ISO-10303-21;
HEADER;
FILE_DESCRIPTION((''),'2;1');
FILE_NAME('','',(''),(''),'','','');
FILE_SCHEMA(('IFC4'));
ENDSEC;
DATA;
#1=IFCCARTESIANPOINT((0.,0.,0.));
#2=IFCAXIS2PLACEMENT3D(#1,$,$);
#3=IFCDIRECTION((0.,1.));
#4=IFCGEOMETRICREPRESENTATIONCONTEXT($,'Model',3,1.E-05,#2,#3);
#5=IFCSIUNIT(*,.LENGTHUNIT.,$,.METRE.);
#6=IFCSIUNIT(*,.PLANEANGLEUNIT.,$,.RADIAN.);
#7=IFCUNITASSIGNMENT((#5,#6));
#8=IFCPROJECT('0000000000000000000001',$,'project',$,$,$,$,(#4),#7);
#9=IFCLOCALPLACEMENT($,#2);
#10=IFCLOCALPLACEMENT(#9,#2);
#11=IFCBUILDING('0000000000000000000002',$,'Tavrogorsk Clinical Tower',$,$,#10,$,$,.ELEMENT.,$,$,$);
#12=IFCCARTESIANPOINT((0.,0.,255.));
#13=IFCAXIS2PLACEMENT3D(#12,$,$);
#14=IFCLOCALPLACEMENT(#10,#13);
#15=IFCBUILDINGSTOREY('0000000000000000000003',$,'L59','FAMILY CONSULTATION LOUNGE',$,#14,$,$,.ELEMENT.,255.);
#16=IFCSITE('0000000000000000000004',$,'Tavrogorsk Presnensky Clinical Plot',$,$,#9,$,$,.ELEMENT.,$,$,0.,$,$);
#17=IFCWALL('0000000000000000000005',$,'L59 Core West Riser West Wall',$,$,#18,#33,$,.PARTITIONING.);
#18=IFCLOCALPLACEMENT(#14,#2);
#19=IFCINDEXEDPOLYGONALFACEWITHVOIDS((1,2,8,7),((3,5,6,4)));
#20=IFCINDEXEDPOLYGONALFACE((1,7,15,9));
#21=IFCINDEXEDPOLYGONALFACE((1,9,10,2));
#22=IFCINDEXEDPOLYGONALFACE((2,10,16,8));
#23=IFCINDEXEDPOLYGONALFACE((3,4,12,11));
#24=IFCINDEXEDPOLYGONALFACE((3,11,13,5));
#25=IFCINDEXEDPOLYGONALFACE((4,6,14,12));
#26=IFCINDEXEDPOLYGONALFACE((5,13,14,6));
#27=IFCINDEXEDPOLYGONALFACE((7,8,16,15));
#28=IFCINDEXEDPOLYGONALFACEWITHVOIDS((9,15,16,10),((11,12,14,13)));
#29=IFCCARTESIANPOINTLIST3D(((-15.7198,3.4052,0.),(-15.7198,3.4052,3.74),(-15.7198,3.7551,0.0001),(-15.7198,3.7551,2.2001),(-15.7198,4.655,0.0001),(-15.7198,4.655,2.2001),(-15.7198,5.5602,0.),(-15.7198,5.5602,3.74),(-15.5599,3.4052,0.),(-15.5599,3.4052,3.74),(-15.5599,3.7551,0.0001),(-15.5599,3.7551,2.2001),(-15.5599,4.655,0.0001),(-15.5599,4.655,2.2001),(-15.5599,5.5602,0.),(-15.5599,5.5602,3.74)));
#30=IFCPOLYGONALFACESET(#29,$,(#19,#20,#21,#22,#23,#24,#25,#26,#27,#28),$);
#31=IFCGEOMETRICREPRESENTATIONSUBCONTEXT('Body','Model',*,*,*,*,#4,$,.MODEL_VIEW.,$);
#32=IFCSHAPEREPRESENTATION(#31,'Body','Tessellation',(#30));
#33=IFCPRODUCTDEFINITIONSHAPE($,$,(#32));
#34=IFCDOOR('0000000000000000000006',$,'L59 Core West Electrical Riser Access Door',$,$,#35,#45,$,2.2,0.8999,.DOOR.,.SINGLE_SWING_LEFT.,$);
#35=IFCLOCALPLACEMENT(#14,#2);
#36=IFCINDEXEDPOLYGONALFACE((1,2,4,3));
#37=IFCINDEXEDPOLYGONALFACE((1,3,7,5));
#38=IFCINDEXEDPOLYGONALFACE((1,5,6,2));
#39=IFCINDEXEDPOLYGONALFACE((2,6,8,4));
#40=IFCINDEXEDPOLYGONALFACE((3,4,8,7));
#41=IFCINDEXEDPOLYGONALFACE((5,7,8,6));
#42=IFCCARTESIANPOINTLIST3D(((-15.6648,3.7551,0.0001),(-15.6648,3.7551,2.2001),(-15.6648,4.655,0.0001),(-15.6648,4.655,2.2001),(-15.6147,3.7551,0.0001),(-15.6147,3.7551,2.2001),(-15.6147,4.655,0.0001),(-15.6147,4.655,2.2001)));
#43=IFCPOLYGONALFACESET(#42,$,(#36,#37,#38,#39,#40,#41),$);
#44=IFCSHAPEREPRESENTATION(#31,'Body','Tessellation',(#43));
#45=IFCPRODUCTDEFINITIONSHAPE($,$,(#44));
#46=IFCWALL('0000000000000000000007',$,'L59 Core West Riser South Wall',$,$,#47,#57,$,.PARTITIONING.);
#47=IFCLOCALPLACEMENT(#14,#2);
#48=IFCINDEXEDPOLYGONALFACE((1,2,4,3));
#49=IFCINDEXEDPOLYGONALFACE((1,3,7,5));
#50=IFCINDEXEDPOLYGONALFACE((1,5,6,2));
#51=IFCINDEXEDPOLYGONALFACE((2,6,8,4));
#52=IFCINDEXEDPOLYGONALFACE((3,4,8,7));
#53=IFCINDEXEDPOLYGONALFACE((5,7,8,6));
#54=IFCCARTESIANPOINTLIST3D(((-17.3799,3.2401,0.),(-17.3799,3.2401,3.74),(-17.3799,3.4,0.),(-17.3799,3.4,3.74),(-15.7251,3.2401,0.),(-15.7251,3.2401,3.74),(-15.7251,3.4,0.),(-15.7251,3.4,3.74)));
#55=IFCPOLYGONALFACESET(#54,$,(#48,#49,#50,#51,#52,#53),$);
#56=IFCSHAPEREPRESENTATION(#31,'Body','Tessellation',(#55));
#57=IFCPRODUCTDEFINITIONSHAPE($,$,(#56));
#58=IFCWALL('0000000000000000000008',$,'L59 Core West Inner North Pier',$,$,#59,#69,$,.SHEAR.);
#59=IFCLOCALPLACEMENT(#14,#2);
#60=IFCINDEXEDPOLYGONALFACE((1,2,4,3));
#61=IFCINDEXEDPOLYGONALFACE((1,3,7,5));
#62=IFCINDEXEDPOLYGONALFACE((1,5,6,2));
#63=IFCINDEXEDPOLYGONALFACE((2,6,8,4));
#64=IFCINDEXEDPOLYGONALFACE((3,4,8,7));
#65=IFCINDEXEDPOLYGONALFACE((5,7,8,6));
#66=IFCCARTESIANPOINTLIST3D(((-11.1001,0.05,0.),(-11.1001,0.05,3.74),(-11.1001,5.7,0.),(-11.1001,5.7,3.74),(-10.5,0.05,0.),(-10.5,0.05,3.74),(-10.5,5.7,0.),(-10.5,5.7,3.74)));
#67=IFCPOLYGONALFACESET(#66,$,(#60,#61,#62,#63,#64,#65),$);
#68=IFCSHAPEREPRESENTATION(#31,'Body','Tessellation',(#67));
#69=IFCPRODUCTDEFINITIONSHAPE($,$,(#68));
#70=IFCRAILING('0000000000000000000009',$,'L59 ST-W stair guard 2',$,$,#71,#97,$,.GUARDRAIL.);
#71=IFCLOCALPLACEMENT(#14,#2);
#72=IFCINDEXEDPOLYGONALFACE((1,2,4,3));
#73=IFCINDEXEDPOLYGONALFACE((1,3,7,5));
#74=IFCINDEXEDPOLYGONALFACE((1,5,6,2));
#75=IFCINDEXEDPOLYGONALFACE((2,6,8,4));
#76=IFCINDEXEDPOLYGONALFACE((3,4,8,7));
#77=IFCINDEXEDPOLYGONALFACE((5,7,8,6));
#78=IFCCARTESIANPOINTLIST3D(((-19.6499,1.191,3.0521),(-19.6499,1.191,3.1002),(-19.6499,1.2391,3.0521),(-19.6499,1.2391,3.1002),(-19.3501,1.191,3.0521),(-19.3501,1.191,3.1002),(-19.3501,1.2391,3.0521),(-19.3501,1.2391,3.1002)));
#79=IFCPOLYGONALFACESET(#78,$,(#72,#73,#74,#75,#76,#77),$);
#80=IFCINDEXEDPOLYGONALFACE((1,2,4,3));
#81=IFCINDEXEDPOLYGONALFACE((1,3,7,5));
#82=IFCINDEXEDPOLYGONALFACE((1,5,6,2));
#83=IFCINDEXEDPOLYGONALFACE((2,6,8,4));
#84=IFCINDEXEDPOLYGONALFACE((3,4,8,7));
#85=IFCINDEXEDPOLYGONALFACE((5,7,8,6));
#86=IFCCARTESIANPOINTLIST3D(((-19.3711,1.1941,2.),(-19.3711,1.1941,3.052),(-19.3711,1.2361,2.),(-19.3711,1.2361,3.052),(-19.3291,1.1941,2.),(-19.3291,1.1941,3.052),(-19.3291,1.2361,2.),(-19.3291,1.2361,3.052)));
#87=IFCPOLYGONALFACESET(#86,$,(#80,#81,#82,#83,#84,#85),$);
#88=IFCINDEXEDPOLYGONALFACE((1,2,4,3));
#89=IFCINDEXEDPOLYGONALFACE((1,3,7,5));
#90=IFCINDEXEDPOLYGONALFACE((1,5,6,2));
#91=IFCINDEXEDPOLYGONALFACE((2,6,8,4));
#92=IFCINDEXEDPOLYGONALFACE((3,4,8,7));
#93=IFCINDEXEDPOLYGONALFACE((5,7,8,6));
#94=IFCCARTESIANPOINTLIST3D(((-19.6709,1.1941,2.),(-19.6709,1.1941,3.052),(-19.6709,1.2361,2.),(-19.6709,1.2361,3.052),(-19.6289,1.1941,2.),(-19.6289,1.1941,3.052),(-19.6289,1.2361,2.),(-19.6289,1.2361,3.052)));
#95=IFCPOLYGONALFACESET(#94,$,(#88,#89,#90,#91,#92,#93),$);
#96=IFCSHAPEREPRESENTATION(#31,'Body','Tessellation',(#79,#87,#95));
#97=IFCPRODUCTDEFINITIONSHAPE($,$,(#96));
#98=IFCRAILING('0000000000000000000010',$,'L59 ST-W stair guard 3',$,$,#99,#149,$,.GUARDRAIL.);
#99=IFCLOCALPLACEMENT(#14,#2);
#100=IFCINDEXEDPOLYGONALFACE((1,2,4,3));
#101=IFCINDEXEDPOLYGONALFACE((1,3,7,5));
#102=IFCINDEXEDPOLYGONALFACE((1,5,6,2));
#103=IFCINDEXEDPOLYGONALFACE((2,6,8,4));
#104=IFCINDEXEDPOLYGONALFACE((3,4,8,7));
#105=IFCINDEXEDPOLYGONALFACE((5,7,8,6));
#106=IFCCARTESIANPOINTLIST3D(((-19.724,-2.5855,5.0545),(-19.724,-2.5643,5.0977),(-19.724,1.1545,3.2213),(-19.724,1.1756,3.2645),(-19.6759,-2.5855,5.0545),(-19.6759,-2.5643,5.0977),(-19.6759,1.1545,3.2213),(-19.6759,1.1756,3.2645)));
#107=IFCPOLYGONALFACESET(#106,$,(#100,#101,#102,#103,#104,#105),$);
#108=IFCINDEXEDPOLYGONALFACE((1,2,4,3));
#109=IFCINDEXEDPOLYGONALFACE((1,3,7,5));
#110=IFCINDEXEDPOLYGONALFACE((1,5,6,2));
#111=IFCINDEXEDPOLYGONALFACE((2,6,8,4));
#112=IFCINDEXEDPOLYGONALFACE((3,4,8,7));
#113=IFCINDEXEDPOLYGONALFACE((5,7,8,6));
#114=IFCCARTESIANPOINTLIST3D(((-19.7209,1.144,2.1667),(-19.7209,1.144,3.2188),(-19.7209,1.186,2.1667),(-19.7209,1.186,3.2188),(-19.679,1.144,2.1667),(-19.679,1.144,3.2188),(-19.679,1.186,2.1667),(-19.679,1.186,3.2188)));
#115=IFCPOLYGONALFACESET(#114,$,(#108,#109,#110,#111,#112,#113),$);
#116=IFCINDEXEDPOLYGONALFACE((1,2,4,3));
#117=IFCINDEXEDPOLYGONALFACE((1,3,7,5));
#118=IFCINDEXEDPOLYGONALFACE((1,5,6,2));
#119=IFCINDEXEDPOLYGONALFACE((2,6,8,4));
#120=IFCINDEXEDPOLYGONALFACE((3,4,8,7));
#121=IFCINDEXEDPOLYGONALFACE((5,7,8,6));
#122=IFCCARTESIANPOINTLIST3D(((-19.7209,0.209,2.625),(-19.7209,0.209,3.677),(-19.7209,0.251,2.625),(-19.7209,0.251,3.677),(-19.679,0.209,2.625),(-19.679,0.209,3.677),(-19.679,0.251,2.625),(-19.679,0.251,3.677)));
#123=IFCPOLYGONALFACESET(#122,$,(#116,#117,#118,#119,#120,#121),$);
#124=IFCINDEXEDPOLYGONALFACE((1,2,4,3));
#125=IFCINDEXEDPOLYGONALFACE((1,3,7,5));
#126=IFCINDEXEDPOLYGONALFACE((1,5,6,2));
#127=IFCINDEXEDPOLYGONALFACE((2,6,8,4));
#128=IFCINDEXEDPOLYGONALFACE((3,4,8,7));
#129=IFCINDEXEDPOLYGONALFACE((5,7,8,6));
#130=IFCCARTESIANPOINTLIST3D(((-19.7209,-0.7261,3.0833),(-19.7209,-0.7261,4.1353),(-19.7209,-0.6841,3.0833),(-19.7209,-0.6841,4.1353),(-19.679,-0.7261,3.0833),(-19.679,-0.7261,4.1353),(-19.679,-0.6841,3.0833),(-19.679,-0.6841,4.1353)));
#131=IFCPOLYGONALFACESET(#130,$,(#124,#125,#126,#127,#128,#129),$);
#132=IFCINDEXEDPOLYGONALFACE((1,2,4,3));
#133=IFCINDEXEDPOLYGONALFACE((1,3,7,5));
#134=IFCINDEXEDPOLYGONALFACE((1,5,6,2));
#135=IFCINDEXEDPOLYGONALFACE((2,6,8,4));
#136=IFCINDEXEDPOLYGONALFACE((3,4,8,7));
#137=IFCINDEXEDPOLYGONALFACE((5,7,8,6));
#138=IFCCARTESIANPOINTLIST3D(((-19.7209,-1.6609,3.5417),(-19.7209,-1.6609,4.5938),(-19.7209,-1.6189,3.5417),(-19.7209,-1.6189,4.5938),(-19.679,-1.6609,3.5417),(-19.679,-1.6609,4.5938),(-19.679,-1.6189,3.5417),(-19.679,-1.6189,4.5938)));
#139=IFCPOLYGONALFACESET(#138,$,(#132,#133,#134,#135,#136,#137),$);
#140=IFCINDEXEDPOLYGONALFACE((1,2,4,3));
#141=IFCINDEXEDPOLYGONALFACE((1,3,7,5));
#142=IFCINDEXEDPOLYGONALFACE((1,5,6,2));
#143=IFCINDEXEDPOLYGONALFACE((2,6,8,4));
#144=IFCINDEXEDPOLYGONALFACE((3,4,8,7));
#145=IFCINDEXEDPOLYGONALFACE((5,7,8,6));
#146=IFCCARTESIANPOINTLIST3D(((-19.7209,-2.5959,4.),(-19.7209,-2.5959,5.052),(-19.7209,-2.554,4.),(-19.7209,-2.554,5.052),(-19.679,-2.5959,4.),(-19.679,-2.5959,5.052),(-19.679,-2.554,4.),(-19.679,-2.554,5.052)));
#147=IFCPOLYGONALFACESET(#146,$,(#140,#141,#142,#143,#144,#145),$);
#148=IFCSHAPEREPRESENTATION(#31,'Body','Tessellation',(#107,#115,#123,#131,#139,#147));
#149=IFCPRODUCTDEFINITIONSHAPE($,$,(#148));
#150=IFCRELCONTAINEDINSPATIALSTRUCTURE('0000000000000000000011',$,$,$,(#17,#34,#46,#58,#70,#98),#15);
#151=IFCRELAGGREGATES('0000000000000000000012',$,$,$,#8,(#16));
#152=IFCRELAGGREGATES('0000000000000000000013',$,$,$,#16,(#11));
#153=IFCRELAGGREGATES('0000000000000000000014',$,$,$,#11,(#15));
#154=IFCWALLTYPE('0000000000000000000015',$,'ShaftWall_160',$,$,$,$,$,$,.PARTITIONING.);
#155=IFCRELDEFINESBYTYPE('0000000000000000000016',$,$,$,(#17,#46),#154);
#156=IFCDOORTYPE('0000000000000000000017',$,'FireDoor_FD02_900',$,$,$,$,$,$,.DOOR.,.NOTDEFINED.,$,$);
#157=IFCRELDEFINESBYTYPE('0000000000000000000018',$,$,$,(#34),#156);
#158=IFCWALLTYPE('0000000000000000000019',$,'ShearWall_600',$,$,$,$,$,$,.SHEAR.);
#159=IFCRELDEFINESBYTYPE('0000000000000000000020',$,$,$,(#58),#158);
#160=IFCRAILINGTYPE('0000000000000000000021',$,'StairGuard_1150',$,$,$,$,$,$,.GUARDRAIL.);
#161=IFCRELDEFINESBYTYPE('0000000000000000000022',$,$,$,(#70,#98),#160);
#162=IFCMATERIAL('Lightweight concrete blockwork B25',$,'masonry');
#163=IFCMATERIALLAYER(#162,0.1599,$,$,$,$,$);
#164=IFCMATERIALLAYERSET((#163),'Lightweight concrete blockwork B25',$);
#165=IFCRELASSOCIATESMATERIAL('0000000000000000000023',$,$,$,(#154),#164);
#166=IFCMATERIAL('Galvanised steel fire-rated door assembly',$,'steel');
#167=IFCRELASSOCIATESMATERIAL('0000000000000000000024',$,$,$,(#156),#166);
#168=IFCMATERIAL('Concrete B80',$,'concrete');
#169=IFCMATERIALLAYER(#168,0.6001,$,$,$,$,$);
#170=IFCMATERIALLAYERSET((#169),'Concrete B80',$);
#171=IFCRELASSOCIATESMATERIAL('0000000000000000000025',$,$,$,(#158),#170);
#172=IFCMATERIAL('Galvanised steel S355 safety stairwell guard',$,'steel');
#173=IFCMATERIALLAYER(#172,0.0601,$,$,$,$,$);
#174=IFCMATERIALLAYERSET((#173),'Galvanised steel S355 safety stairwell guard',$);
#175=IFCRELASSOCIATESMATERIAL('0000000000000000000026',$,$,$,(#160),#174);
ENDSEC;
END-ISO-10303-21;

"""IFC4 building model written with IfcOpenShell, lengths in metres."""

from ifc_helpers import new_model, si_unit, direction, frame, frame_2d, origin, origin_2d, place, context, subcontext, project, spatial, rectangle, extrude, material, layer, layer_set, type_object, element, fill, save


model = new_model("IFC4")

# Units and contexts
model_context = context("Model", 3, precision=1e-05, world=origin(), true_north=direction((0.0, 1.0)))
body_context = subcontext(model_context, "Body", "Model", "MODEL_VIEW")
ifc_project = project(units=[si_unit("LENGTHUNIT", "METRE"), si_unit("PLANEANGLEUNIT", "RADIAN")], contexts=[model_context])

# Site, building, storey
site_placement = place(None, origin())
site = spatial("IfcSite", under=ifc_project, at=site_placement, Name="Tavrogorsk Presnensky Clinical Plot", CompositionType="ELEMENT", RefElevation=0.0)
building_placement = place(site_placement, origin())
building = spatial("IfcBuilding", under=site, at=building_placement, Name="Tavrogorsk Clinical Tower", CompositionType="ELEMENT")
storey_placement = place(building_placement, frame((0.0, 0.0, 255.0)))
storey = spatial("IfcBuildingStorey", under=building, at=storey_placement, Name="L59", Description="FAMILY CONSULTATION LOUNGE", CompositionType="ELEMENT", Elevation=255.0)

# Shared definitions
ifc_material_1 = material(Name="Lightweight concrete blockwork B25", Category="masonry")
ifc_layer_1 = layer(ifc_material_1, 0.1599)
ifc_layer_set_1 = layer_set([ifc_layer_1], Name="Lightweight concrete blockwork B25")
wall_type_1 = type_object("IfcWallType", Name="ShaftWall_160", PredefinedType="PARTITIONING", material=ifc_layer_set_1)

# Wall, opening, door
wall_1_placement = place(storey_placement, frame((-15.6399, 3.405, 0.0), z_axis=(0.0, 0.0, 1.0), x_axis=(0.0, 1.0, 0.0)))
wall_1 = element("IfcWall", 1, at=wall_1_placement, inside=storey, type_object=wall_type_1, Name="L59 Core West Riser West Wall", PredefinedType="PARTITIONING", context=body_context, shape_type="SweptSolid", body=[
    extrude(rectangle(XDim=2.155, YDim=0.1599, at=frame_2d((1.0776, 0.0))), origin(), (0.0, 0.0, 1.0), 3.74),
])
opening_1_placement = place(wall_1_placement, frame((0.3501, 0.0, 0.0)))
opening_1 = element("IfcOpeningElement", 2, at=opening_1_placement, cuts=wall_1, PredefinedType="OPENING", context=body_context, shape_type="SweptSolid", body=[
    extrude(rectangle(XDim=0.8999, YDim=2.2, at=frame_2d((0.45, 1.1001))), frame((0.0, 0.0898, 0.0), z_axis=(0.0, -1.0, 0.0), x_axis=(1.0, 0.0, 0.0)), (0.0, 0.0, 1.0), 0.1799),
])
ifc_material_2 = material(Name="Galvanised steel fire-rated door assembly", Category="steel")
door_type_1 = type_object("IfcDoorType", Name="FireDoor_FD02_900", OperationType="NOTDEFINED", PredefinedType="DOOR", material=ifc_material_2)
door_1_placement = place(opening_1_placement, origin())
door_1 = element("IfcDoor", 3, at=door_1_placement, inside=storey, type_object=door_type_1, Name="L59 Core West Electrical Riser Access Door", OperationType="SINGLE_SWING_LEFT", OverallHeight=2.2, OverallWidth=0.8999, PredefinedType="DOOR", context=body_context, shape_type="SweptSolid", body=[
    extrude(rectangle(XDim=0.8999, YDim=2.2, at=frame_2d((0.45, 1.1001))), frame((0.0, 0.0249, 0.0), z_axis=(0.0, -1.0, 0.0), x_axis=(1.0, 0.0, 0.0)), (0.0, 0.0, 1.0), 0.05),
])
fill(opening_1, door_1)

# Walls
wall_2_placement = place(storey_placement, frame((-17.3799, 3.3201, 0.0), z_axis=(0.0, 0.0, 1.0), x_axis=(1.0, 0.0, 0.0)))
element("IfcWall", 4, at=wall_2_placement, inside=storey, type_object=wall_type_1, Name="L59 Core West Riser South Wall", PredefinedType="PARTITIONING", context=body_context, shape_type="SweptSolid", body=[
    extrude(rectangle(XDim=1.6548, YDim=0.1599, at=frame_2d((0.8274, 0.0))), origin(), (0.0, 0.0, 1.0), 3.74),
])
ifc_material_3 = material(Name="Concrete B80", Category="concrete")
ifc_layer_2 = layer(ifc_material_3, 0.6001)
ifc_layer_set_2 = layer_set([ifc_layer_2], Name="Concrete B80")
wall_type_2 = type_object("IfcWallType", Name="ShearWall_600", PredefinedType="SHEAR", material=ifc_layer_set_2)
wall_3_placement = place(storey_placement, frame((-10.8, 0.05, 0.0), z_axis=(0.0, 0.0, 1.0), x_axis=(0.0, 1.0, 0.0)))
element("IfcWall", 5, at=wall_3_placement, inside=storey, type_object=wall_type_2, Name="L59 Core West Inner North Pier", PredefinedType="SHEAR", context=body_context, shape_type="SweptSolid", body=[
    extrude(rectangle(XDim=5.6499, YDim=0.6001, at=frame_2d((2.825, 0.0))), origin(), (0.0, 0.0, 1.0), 3.74),
])

# Railings
ifc_material_4 = material(Name="Galvanised steel S355 safety stairwell guard", Category="steel")
ifc_layer_3 = layer(ifc_material_4, 0.0601)
ifc_layer_set_3 = layer_set([ifc_layer_3], Name="Galvanised steel S355 safety stairwell guard")
railing_type = type_object("IfcRailingType", Name="StairGuard_1150", PredefinedType="GUARDRAIL", material=ifc_layer_set_3)
railing_1_placement = place(storey_placement, frame((-19.3501, 1.2151, 2.0)))
element("IfcRailing", 6, at=railing_1_placement, inside=storey, type_object=railing_type, Name="L59 ST-W stair guard 2", PredefinedType="GUARDRAIL", context=body_context, shape_type="SweptSolid", body=[
    extrude(rectangle(XDim=0.0481, YDim=0.0481, at=origin_2d()), frame((0.0, 0.0, 1.0762), z_axis=(-1.0, 0.0, 0.0), x_axis=(0.0, -1.0, 0.0)), (0.0, 0.0, 1.0), 0.2998),
    extrude(rectangle(XDim=0.042, YDim=0.042, at=origin_2d()), origin(), (0.0, 0.0, 1.0), 1.052),
    extrude(rectangle(XDim=0.042, YDim=0.042, at=origin_2d()), frame((-0.2998, 0.0, 0.0)), (0.0, 0.0, 1.0), 1.052),
])
railing_2_placement = place(storey_placement, frame((-19.7, 1.165, 2.1667)))
element("IfcRailing", 7, at=railing_2_placement, inside=storey, type_object=railing_type, Name="L59 ST-W stair guard 3", PredefinedType="GUARDRAIL", context=body_context, shape_type="SweptSolid", body=[
    extrude(rectangle(XDim=0.0481, YDim=0.0481, at=origin_2d()), frame((0.0, 0.0, 1.0762), z_axis=(0.0, -0.897928, 0.440142), x_axis=(1.0, 0.0, 0.0)), (0.0, 0.0, 1.0), 4.165),
    extrude(rectangle(XDim=0.042, YDim=0.042, at=origin_2d()), origin(), (0.0, 0.0, 1.0), 1.052),
    extrude(rectangle(XDim=0.042, YDim=0.042, at=origin_2d()), frame((0.0, -0.9351, 0.4583)), (0.0, 0.0, 1.0), 1.052),
    extrude(rectangle(XDim=0.042, YDim=0.042, at=origin_2d()), frame((0.0, -1.8701, 0.9165)), (0.0, 0.0, 1.0), 1.052),
    extrude(rectangle(XDim=0.042, YDim=0.042, at=origin_2d()), frame((0.0, -2.8049, 1.375)), (0.0, 0.0, 1.0), 1.052),
    extrude(rectangle(XDim=0.042, YDim=0.042, at=origin_2d()), frame((0.0, -3.74, 1.8333)), (0.0, 0.0, 1.0), 1.052),
])

save(model, "model.ifc")
